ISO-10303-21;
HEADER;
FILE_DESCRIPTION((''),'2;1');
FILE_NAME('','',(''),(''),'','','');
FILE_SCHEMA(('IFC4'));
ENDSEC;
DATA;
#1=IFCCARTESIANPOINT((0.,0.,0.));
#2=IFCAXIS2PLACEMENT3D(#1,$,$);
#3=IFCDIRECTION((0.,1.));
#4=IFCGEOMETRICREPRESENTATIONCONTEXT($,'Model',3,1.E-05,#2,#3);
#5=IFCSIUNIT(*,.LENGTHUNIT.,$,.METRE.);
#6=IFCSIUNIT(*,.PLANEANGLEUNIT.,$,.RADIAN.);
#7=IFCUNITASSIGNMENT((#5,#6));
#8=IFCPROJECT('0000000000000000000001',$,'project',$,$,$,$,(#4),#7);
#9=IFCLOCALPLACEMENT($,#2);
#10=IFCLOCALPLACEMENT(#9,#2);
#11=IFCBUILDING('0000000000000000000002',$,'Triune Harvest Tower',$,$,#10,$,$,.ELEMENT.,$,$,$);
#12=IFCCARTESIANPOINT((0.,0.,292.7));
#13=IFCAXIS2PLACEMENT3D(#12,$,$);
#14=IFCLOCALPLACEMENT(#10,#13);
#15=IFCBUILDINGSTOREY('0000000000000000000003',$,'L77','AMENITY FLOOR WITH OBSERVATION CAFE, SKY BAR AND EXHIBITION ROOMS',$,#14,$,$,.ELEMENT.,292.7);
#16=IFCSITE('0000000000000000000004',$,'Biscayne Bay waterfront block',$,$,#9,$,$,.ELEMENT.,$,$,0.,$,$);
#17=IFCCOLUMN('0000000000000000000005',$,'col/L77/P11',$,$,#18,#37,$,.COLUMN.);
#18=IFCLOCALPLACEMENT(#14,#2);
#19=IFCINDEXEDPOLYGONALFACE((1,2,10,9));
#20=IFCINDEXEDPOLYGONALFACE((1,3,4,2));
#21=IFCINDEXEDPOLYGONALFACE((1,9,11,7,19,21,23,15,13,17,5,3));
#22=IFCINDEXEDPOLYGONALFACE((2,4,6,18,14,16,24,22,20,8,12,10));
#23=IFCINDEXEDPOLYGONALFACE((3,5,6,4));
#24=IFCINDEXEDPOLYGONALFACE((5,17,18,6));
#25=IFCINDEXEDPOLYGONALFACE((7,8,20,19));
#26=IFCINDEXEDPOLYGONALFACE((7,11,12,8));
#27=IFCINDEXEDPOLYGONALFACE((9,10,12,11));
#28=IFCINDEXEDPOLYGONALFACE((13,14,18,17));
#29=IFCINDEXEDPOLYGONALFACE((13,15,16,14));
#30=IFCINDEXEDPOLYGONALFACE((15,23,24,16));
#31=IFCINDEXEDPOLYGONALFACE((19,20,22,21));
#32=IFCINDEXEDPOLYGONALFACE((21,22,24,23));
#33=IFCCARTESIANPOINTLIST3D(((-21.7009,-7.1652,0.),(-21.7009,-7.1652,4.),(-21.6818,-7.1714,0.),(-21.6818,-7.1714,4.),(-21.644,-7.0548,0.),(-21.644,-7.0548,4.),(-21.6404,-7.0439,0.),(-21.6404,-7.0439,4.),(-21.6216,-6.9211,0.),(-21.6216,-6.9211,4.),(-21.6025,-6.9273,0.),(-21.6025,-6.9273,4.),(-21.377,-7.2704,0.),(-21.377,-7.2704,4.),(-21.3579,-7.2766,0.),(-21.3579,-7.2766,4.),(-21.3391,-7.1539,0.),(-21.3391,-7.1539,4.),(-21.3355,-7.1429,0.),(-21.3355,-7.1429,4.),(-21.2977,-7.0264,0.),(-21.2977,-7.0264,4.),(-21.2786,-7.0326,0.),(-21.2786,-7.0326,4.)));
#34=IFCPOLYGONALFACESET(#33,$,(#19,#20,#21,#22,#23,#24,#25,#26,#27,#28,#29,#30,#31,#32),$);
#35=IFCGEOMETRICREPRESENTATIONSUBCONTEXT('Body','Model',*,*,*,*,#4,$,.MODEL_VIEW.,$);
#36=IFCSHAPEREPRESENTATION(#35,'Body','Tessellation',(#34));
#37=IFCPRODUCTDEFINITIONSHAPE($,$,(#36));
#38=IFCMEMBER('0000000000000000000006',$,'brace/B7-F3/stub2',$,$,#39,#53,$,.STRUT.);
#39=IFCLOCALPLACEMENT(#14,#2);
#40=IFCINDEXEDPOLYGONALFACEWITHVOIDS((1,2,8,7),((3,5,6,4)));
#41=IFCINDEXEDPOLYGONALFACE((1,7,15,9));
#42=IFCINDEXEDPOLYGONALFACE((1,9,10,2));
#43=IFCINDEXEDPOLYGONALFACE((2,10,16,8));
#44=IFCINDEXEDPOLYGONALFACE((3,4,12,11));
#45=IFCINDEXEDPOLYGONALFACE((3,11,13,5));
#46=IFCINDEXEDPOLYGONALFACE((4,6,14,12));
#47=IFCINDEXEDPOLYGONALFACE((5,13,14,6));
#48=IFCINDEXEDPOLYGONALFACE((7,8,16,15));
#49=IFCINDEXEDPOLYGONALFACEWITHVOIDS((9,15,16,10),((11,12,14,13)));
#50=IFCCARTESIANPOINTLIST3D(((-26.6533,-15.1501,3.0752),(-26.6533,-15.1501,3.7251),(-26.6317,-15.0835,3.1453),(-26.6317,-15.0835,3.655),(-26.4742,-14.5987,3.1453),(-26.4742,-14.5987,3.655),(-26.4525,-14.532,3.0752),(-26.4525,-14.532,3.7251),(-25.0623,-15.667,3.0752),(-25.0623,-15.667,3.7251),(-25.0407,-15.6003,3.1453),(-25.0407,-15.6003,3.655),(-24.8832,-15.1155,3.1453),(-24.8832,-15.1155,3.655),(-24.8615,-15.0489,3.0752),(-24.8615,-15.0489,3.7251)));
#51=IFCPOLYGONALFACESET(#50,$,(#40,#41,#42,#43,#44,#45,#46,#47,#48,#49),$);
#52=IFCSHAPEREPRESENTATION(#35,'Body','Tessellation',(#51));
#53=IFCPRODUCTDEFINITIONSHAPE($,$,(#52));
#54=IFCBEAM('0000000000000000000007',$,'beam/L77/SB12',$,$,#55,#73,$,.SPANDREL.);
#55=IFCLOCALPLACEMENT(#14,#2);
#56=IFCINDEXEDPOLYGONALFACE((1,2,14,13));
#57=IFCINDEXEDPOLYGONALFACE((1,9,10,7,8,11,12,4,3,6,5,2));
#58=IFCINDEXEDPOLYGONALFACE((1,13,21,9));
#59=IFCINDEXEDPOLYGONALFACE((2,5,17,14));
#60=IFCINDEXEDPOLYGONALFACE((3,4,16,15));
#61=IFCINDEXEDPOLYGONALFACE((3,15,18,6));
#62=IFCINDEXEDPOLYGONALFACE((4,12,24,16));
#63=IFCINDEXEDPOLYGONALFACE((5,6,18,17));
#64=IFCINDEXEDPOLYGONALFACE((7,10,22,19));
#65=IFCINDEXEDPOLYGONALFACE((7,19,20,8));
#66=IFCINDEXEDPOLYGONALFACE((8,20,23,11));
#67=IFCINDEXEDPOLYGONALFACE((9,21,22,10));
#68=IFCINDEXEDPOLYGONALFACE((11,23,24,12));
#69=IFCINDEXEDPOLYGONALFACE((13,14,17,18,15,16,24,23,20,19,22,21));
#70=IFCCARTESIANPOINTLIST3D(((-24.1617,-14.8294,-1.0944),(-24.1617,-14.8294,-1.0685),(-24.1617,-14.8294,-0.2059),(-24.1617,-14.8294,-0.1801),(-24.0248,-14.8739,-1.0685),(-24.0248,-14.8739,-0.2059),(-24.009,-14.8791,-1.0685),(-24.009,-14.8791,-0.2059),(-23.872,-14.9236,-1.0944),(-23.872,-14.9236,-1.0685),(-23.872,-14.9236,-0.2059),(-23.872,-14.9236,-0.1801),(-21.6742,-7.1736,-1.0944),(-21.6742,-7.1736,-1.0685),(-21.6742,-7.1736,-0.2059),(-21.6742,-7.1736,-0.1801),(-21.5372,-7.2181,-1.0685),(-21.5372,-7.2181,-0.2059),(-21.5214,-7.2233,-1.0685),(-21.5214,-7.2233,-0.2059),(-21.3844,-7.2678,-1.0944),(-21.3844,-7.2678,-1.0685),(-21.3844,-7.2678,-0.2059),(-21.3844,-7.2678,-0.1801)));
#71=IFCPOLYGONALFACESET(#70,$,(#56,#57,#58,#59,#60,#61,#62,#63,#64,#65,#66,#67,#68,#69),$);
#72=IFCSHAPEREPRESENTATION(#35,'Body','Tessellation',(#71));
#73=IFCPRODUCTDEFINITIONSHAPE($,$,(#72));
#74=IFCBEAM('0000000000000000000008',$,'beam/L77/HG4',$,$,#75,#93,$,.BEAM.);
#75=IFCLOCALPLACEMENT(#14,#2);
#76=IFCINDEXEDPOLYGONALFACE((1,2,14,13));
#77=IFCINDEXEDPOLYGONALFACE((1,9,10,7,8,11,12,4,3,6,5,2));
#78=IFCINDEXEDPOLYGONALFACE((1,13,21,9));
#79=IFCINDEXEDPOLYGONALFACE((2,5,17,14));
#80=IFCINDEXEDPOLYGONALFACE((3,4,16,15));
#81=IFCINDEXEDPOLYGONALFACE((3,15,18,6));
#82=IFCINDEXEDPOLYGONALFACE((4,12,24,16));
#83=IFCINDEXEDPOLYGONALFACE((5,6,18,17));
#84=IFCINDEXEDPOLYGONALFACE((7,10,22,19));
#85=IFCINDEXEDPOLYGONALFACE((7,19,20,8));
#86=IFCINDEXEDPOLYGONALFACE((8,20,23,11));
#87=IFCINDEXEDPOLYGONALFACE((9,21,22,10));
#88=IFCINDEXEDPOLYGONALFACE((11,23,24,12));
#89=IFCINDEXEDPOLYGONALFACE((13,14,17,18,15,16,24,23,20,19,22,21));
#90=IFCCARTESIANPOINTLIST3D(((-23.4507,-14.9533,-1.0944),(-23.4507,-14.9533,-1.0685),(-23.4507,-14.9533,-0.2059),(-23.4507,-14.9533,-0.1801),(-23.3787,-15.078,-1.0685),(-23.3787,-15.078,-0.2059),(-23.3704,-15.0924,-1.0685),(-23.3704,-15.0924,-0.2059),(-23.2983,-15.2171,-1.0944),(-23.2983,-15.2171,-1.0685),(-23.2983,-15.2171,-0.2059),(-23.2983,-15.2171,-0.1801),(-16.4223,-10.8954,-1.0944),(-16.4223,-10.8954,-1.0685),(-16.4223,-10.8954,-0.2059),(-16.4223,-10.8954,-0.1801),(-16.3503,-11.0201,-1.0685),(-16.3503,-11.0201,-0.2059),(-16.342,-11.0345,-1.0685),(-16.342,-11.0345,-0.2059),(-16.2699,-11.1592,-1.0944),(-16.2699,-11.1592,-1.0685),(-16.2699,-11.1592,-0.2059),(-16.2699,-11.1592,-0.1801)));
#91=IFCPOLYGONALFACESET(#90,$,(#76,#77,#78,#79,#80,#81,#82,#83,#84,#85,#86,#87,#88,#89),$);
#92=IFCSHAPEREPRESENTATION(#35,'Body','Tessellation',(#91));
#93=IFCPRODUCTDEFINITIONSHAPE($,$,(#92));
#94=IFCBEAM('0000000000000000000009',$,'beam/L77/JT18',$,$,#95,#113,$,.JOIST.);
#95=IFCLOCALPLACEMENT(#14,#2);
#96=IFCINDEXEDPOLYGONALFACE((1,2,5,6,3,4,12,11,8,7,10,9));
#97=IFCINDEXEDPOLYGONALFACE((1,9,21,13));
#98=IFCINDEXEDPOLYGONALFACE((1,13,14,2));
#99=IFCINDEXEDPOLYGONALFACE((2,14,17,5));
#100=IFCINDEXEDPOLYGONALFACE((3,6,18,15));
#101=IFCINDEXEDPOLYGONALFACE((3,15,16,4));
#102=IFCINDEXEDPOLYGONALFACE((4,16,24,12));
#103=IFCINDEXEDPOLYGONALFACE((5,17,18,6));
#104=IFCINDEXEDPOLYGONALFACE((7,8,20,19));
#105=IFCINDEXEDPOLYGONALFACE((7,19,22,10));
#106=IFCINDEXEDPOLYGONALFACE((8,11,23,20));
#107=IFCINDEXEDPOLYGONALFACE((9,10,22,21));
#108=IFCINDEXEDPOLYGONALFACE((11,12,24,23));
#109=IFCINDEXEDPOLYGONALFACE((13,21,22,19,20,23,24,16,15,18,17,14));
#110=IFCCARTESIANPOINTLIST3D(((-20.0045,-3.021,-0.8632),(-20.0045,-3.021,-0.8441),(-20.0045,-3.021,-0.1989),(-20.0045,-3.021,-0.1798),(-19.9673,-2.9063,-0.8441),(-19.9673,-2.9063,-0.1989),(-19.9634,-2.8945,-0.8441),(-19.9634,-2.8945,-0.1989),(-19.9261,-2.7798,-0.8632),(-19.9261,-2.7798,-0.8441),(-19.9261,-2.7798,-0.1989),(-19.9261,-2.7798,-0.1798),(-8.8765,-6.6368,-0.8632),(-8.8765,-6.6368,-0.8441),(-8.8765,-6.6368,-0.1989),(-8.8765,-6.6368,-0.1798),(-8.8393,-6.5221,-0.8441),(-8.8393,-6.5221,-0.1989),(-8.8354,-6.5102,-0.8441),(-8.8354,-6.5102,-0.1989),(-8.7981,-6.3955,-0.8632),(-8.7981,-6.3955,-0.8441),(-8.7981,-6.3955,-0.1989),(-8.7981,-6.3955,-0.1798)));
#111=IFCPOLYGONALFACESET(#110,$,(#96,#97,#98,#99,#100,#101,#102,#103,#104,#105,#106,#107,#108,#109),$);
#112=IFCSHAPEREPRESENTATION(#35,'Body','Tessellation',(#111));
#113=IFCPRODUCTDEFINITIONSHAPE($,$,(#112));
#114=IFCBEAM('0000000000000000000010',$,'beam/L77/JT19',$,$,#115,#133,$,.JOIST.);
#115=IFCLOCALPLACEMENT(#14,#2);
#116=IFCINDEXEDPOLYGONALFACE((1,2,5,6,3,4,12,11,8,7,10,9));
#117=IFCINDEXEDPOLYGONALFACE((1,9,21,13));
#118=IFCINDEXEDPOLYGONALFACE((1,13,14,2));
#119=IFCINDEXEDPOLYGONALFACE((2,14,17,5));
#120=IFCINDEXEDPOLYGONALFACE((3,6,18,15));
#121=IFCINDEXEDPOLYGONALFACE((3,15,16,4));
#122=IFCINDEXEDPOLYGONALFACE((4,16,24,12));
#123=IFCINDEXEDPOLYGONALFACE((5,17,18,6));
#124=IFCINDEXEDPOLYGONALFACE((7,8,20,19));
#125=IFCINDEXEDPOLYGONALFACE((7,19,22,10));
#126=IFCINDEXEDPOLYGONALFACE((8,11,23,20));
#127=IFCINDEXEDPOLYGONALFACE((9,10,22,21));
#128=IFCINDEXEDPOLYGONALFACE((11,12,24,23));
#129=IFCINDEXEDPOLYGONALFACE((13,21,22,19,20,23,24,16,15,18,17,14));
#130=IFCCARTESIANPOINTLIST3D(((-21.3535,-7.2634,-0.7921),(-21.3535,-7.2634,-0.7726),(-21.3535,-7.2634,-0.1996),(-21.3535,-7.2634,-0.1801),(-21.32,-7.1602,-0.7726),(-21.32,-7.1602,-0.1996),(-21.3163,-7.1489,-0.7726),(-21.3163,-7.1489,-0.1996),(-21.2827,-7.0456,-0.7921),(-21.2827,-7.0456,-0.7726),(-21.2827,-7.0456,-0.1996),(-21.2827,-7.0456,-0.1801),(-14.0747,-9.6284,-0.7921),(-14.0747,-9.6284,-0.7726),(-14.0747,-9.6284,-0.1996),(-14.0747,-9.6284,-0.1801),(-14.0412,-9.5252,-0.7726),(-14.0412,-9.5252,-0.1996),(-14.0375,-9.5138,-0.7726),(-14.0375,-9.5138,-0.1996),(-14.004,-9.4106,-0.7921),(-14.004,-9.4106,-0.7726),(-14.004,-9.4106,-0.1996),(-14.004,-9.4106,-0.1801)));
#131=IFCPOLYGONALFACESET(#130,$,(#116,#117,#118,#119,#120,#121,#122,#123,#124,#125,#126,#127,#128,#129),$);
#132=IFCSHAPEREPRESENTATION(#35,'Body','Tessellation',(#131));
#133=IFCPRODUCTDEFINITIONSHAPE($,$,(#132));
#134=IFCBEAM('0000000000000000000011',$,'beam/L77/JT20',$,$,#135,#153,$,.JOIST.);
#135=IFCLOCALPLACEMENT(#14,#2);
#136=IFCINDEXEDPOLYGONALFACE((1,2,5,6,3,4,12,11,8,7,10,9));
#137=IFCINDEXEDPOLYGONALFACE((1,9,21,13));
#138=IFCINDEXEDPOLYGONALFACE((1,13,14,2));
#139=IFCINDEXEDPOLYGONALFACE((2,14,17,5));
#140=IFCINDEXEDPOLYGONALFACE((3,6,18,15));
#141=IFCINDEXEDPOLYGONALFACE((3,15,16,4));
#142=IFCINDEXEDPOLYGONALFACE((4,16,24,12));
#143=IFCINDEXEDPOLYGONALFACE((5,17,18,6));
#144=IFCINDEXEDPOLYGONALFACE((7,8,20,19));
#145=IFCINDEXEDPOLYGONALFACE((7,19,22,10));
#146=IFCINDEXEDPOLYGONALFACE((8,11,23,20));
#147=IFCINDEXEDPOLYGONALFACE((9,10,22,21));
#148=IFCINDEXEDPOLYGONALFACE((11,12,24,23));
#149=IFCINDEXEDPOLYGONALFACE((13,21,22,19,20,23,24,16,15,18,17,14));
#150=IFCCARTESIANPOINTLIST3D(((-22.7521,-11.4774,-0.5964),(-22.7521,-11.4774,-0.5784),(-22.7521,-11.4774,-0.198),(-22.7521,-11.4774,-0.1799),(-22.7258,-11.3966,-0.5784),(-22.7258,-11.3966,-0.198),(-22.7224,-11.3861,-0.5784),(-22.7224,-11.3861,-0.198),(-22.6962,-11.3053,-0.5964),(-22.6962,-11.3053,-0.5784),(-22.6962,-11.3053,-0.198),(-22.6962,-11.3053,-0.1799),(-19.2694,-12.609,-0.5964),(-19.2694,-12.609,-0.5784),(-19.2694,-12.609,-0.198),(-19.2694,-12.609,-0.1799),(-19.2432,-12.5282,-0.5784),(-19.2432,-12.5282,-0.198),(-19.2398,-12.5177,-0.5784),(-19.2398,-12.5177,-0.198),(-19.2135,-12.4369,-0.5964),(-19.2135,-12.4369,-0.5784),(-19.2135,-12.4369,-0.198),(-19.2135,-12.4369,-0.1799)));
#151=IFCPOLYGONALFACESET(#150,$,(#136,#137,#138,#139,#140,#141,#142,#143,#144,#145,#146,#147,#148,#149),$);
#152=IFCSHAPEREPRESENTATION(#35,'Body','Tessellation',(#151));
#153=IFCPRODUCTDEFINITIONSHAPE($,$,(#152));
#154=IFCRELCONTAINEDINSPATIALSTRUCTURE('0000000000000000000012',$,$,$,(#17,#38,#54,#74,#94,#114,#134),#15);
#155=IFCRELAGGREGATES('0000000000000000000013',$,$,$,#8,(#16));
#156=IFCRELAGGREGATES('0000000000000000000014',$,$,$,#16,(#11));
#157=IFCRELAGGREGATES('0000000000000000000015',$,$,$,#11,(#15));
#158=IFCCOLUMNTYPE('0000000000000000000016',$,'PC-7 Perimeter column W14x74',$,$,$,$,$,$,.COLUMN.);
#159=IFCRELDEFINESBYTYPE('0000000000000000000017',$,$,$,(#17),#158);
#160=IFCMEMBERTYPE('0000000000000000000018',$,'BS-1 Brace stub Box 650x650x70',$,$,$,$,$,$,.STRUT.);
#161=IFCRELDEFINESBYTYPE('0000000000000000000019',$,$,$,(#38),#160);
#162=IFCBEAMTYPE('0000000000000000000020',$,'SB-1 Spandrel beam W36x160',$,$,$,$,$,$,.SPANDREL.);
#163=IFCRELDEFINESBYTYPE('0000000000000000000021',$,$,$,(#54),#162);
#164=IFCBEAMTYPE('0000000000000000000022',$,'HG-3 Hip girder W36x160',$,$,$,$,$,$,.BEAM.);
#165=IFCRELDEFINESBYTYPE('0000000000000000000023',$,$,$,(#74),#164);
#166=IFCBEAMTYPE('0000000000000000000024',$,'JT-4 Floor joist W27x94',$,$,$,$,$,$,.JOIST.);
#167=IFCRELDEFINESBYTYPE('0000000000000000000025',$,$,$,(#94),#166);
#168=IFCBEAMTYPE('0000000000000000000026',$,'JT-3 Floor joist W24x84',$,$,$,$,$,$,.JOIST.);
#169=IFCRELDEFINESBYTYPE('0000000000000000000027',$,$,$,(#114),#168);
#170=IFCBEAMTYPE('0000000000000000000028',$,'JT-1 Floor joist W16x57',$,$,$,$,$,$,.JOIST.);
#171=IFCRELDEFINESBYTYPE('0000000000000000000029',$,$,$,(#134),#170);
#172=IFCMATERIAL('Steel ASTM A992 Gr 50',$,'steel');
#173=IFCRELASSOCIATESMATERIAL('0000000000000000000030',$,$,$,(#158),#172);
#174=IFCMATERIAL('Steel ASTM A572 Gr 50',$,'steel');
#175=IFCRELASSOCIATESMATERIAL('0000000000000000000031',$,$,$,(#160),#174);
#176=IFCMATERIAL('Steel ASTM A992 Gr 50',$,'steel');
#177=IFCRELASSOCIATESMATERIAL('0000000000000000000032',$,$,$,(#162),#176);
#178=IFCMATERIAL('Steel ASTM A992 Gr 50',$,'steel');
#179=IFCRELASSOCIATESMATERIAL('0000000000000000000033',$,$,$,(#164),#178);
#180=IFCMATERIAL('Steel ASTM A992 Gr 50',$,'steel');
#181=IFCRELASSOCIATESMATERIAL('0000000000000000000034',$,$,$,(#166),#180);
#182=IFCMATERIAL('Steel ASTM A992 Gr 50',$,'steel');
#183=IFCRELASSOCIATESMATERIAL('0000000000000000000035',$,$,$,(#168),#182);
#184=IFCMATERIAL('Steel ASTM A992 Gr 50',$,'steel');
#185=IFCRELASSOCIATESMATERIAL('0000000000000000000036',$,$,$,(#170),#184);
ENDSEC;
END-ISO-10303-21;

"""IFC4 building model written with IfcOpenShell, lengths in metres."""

from ifc_helpers import new_model, si_unit, direction, frame, origin, origin_2d, place, context, subcontext, project, spatial, hollow_rectangle, i_section, extrude, source, transform, mapped, material, material_profile, profile_set, type_object, element, save


model = new_model("IFC4")

# Units and contexts
model_context = context("Model", 3, precision=1e-05, world=origin(), true_north=direction((0.0, 1.0)))
body_context = subcontext(model_context, "Body", "Model", "MODEL_VIEW")
ifc_project = project(units=[si_unit("LENGTHUNIT", "METRE"), si_unit("PLANEANGLEUNIT", "RADIAN")], contexts=[model_context])

# Site, building, storey
site_placement = place(None, origin())
site = spatial("IfcSite", under=ifc_project, at=site_placement, Name="Biscayne Bay waterfront block", CompositionType="ELEMENT", RefElevation=0.0)
building_placement = place(site_placement, origin())
building = spatial("IfcBuilding", under=site, at=building_placement, Name="Triune Harvest Tower", CompositionType="ELEMENT")
storey_placement = place(building_placement, frame((0.0, 0.0, 292.7)))
storey = spatial("IfcBuildingStorey", under=building, at=storey_placement, Name="L77", Description="AMENITY FLOOR WITH OBSERVATION CAFE, SKY BAR AND EXHIBITION ROOMS", CompositionType="ELEMENT", Elevation=292.7)

# Column
ifc_material_1 = material(Name="Steel ASTM A992 Gr 50", Category="steel")
ifc_material_profile_1 = material_profile(ifc_material_1, i_section(OverallWidth=0.2566, OverallDepth=0.3606, WebThickness=0.0115, FlangeThickness=0.02, at=origin_2d()), Name="W14x74")
ifc_profile_set_1 = profile_set([ifc_material_profile_1], Name="Steel ASTM A992 Gr 50")
column_type = type_object("IfcColumnType", Name="PC-7 Perimeter column W14x74", PredefinedType="COLUMN", material=ifc_profile_set_1)
shared_shape_1 = source(origin(), body_context, "Body", "SweptSolid", [
    extrude(i_section(OverallWidth=0.2566, OverallDepth=0.3606, WebThickness=0.0115, FlangeThickness=0.02, at=origin_2d()), origin(), (0.0, 0.0, 1.0), 4.0),
])
column_placement = place(storey_placement, frame((-21.4897, -7.0989, 0.0), z_axis=(0.0, 0.0, 1.0), x_axis=(-0.309015, -0.951057, 0.0)))
element("IfcColumn", 1, at=column_placement, inside=storey, type_object=column_type, Name="col/L77/P11", PredefinedType="COLUMN", context=body_context, shape_type="MappedRepresentation", body=[
    mapped(shared_shape_1, transform((0.0, 0.0, 0.0), scale=1.0)),
])

# Member
ifc_material_2 = material(Name="Steel ASTM A572 Gr 50", Category="steel")
ifc_material_profile_2 = material_profile(ifc_material_2, hollow_rectangle(XDim=0.6499, YDim=0.6499, WallThickness=0.0701, at=origin_2d()), Name="Box 650x650x70")
ifc_profile_set_2 = profile_set([ifc_material_profile_2], Name="Steel ASTM A572 Gr 50")
member_type_1 = type_object("IfcMemberType", Name="BS-1 Brace stub Box 650x650x70", PredefinedType="STRUT", material=ifc_profile_set_2)
member_1_placement = place(storey_placement, frame((-24.9619, -15.3579, 3.4001), z_axis=(-0.951078, 0.308951, 0.0), x_axis=(-0.308951, -0.951078, 0.0)))
element("IfcMember", 2, at=member_1_placement, inside=storey, type_object=member_type_1, Name="brace/B7-F3/stub2", PredefinedType="STRUT", context=body_context, shape_type="SweptSolid", body=[
    extrude(hollow_rectangle(XDim=0.6499, YDim=0.6499, WallThickness=0.0701, at=origin_2d()), origin(), (0.0, 0.0, 1.0), 1.6729),
])

# Beams
ifc_material_3 = material(Name="Steel ASTM A992 Gr 50", Category="steel")
ifc_material_profile_3 = material_profile(ifc_material_3, i_section(OverallWidth=0.3047, OverallDepth=0.9143, WebThickness=0.0166, FlangeThickness=0.0259, at=origin_2d()), Name="W36x160")
ifc_profile_set_3 = profile_set([ifc_material_profile_3], Name="Steel ASTM A992 Gr 50")
beam_type_1 = type_object("IfcBeamType", Name="SB-1 Spandrel beam W36x160", PredefinedType="SPANDREL", material=ifc_profile_set_3)
shared_shape_2 = source(origin(), body_context, "Body", "SweptSolid", [
    extrude(i_section(OverallWidth=0.3047, OverallDepth=0.9143, WebThickness=0.0166, FlangeThickness=0.0259, at=origin_2d()), origin(), (0.0, 0.0, 1.0), 8.0498),
])
beam_1_placement = place(storey_placement, frame((-21.5293, -7.2207, -0.6372), z_axis=(-0.309022, -0.951055, 0.0), x_axis=(0.951055, -0.309022, 0.0)))
element("IfcBeam", 3, at=beam_1_placement, inside=storey, type_object=beam_type_1, Name="beam/L77/SB12", PredefinedType="SPANDREL", context=body_context, shape_type="MappedRepresentation", body=[
    mapped(shared_shape_2, transform((0.0, 0.0, 0.0), scale=1.0)),
])
ifc_material_4 = material(Name="Steel ASTM A992 Gr 50", Category="steel")
ifc_material_profile_4 = material_profile(ifc_material_4, i_section(OverallWidth=0.3047, OverallDepth=0.9143, WebThickness=0.0166, FlangeThickness=0.0259, at=origin_2d()), Name="W36x160")
ifc_profile_set_4 = profile_set([ifc_material_profile_4], Name="Steel ASTM A992 Gr 50")
beam_type_2 = type_object("IfcBeamType", Name="HG-3 Hip girder W36x160", PredefinedType="BEAM", material=ifc_profile_set_4)
shared_shape_3 = source(origin(), body_context, "Body", "SweptSolid", [
    extrude(i_section(OverallWidth=0.3047, OverallDepth=0.9143, WebThickness=0.0166, FlangeThickness=0.0259, at=origin_2d()), origin(), (0.0, 0.0, 1.0), 8.1157),
])
beam_2_placement = place(storey_placement, frame((-23.3745, -15.0852, -0.6372), z_axis=(0.866022, 0.500005, 0.0), x_axis=(-0.500005, 0.866022, 0.0)))
element("IfcBeam", 4, at=beam_2_placement, inside=storey, type_object=beam_type_2, Name="beam/L77/HG4", PredefinedType="BEAM", context=body_context, shape_type="MappedRepresentation", body=[
    mapped(shared_shape_3, transform((0.0, 0.0, 0.0), scale=1.0)),
])
ifc_material_5 = material(Name="Steel ASTM A992 Gr 50", Category="steel")
ifc_material_profile_5 = material_profile(ifc_material_5, i_section(OverallWidth=0.2537, OverallDepth=0.6833, WebThickness=0.0125, FlangeThickness=0.019, at=origin_2d()), Name="W27x94")
ifc_profile_set_5 = profile_set([ifc_material_profile_5], Name="Steel ASTM A992 Gr 50")
beam_type_3 = type_object("IfcBeamType", Name="JT-4 Floor joist W27x94", PredefinedType="JOIST", material=ifc_profile_set_5)
shared_shape_4 = source(origin(), body_context, "Body", "SweptSolid", [
    extrude(i_section(OverallWidth=0.2537, OverallDepth=0.6833, WebThickness=0.0125, FlangeThickness=0.019, at=origin_2d()), origin(), (0.0, 0.0, 1.0), 11.7007),
])
beam_3_placement = place(storey_placement, frame((-19.9653, -2.9004, -0.5215), z_axis=(0.951056, -0.30902, 0.0), x_axis=(0.30902, 0.951056, 0.0)))
element("IfcBeam", 5, at=beam_3_placement, inside=storey, type_object=beam_type_3, Name="beam/L77/JT18", PredefinedType="JOIST", context=body_context, shape_type="MappedRepresentation", body=[
    mapped(shared_shape_4, transform((0.0, 0.0, 0.0), scale=1.0)),
])
ifc_material_6 = material(Name="Steel ASTM A992 Gr 50", Category="steel")
ifc_material_profile_6 = material_profile(ifc_material_6, i_section(OverallWidth=0.229, OverallDepth=0.6121, WebThickness=0.012, FlangeThickness=0.0195, at=origin_2d()), Name="W24x84")
ifc_profile_set_6 = profile_set([ifc_material_profile_6], Name="Steel ASTM A992 Gr 50")
beam_type_4 = type_object("IfcBeamType", Name="JT-3 Floor joist W24x84", PredefinedType="JOIST", material=ifc_profile_set_6)
shared_shape_5 = source(origin(), body_context, "Body", "SweptSolid", [
    extrude(i_section(OverallWidth=0.229, OverallDepth=0.6121, WebThickness=0.012, FlangeThickness=0.0195, at=origin_2d()), origin(), (0.0, 0.0, 1.0), 7.6533),
])
beam_4_placement = place(storey_placement, frame((-21.3181, -7.1545, -0.4861), z_axis=(0.951058, -0.309012, 0.0), x_axis=(0.309012, 0.951058, 0.0)))
element("IfcBeam", 6, at=beam_4_placement, inside=storey, type_object=beam_type_4, Name="beam/L77/JT19", PredefinedType="JOIST", context=body_context, shape_type="MappedRepresentation", body=[
    mapped(shared_shape_5, transform((0.0, 0.0, 0.0), scale=1.0)),
])
ifc_material_7 = material(Name="Steel ASTM A992 Gr 50", Category="steel")
ifc_material_profile_7 = material_profile(ifc_material_7, i_section(OverallWidth=0.1809, OverallDepth=0.4165, WebThickness=0.011, FlangeThickness=0.0181, at=origin_2d()), Name="W16x57")
ifc_profile_set_7 = profile_set([ifc_material_profile_7], Name="Steel ASTM A992 Gr 50")
beam_type_5 = type_object("IfcBeamType", Name="JT-1 Floor joist W16x57", PredefinedType="JOIST", material=ifc_profile_set_7)
shared_shape_6 = source(origin(), body_context, "Body", "SweptSolid", [
    extrude(i_section(OverallWidth=0.1809, OverallDepth=0.4165, WebThickness=0.011, FlangeThickness=0.0181, at=origin_2d()), origin(), (0.0, 0.0, 1.0), 3.6619),
])
beam_5_placement = place(storey_placement, frame((-22.7241, -11.3914, -0.3882), z_axis=(0.951056, -0.309018, 0.0), x_axis=(0.309018, 0.951056, 0.0)))
element("IfcBeam", 7, at=beam_5_placement, inside=storey, type_object=beam_type_5, Name="beam/L77/JT20", PredefinedType="JOIST", context=body_context, shape_type="MappedRepresentation", body=[
    mapped(shared_shape_6, transform((0.0, 0.0, 0.0), scale=1.0)),
])

save(model, "model.ifc")
